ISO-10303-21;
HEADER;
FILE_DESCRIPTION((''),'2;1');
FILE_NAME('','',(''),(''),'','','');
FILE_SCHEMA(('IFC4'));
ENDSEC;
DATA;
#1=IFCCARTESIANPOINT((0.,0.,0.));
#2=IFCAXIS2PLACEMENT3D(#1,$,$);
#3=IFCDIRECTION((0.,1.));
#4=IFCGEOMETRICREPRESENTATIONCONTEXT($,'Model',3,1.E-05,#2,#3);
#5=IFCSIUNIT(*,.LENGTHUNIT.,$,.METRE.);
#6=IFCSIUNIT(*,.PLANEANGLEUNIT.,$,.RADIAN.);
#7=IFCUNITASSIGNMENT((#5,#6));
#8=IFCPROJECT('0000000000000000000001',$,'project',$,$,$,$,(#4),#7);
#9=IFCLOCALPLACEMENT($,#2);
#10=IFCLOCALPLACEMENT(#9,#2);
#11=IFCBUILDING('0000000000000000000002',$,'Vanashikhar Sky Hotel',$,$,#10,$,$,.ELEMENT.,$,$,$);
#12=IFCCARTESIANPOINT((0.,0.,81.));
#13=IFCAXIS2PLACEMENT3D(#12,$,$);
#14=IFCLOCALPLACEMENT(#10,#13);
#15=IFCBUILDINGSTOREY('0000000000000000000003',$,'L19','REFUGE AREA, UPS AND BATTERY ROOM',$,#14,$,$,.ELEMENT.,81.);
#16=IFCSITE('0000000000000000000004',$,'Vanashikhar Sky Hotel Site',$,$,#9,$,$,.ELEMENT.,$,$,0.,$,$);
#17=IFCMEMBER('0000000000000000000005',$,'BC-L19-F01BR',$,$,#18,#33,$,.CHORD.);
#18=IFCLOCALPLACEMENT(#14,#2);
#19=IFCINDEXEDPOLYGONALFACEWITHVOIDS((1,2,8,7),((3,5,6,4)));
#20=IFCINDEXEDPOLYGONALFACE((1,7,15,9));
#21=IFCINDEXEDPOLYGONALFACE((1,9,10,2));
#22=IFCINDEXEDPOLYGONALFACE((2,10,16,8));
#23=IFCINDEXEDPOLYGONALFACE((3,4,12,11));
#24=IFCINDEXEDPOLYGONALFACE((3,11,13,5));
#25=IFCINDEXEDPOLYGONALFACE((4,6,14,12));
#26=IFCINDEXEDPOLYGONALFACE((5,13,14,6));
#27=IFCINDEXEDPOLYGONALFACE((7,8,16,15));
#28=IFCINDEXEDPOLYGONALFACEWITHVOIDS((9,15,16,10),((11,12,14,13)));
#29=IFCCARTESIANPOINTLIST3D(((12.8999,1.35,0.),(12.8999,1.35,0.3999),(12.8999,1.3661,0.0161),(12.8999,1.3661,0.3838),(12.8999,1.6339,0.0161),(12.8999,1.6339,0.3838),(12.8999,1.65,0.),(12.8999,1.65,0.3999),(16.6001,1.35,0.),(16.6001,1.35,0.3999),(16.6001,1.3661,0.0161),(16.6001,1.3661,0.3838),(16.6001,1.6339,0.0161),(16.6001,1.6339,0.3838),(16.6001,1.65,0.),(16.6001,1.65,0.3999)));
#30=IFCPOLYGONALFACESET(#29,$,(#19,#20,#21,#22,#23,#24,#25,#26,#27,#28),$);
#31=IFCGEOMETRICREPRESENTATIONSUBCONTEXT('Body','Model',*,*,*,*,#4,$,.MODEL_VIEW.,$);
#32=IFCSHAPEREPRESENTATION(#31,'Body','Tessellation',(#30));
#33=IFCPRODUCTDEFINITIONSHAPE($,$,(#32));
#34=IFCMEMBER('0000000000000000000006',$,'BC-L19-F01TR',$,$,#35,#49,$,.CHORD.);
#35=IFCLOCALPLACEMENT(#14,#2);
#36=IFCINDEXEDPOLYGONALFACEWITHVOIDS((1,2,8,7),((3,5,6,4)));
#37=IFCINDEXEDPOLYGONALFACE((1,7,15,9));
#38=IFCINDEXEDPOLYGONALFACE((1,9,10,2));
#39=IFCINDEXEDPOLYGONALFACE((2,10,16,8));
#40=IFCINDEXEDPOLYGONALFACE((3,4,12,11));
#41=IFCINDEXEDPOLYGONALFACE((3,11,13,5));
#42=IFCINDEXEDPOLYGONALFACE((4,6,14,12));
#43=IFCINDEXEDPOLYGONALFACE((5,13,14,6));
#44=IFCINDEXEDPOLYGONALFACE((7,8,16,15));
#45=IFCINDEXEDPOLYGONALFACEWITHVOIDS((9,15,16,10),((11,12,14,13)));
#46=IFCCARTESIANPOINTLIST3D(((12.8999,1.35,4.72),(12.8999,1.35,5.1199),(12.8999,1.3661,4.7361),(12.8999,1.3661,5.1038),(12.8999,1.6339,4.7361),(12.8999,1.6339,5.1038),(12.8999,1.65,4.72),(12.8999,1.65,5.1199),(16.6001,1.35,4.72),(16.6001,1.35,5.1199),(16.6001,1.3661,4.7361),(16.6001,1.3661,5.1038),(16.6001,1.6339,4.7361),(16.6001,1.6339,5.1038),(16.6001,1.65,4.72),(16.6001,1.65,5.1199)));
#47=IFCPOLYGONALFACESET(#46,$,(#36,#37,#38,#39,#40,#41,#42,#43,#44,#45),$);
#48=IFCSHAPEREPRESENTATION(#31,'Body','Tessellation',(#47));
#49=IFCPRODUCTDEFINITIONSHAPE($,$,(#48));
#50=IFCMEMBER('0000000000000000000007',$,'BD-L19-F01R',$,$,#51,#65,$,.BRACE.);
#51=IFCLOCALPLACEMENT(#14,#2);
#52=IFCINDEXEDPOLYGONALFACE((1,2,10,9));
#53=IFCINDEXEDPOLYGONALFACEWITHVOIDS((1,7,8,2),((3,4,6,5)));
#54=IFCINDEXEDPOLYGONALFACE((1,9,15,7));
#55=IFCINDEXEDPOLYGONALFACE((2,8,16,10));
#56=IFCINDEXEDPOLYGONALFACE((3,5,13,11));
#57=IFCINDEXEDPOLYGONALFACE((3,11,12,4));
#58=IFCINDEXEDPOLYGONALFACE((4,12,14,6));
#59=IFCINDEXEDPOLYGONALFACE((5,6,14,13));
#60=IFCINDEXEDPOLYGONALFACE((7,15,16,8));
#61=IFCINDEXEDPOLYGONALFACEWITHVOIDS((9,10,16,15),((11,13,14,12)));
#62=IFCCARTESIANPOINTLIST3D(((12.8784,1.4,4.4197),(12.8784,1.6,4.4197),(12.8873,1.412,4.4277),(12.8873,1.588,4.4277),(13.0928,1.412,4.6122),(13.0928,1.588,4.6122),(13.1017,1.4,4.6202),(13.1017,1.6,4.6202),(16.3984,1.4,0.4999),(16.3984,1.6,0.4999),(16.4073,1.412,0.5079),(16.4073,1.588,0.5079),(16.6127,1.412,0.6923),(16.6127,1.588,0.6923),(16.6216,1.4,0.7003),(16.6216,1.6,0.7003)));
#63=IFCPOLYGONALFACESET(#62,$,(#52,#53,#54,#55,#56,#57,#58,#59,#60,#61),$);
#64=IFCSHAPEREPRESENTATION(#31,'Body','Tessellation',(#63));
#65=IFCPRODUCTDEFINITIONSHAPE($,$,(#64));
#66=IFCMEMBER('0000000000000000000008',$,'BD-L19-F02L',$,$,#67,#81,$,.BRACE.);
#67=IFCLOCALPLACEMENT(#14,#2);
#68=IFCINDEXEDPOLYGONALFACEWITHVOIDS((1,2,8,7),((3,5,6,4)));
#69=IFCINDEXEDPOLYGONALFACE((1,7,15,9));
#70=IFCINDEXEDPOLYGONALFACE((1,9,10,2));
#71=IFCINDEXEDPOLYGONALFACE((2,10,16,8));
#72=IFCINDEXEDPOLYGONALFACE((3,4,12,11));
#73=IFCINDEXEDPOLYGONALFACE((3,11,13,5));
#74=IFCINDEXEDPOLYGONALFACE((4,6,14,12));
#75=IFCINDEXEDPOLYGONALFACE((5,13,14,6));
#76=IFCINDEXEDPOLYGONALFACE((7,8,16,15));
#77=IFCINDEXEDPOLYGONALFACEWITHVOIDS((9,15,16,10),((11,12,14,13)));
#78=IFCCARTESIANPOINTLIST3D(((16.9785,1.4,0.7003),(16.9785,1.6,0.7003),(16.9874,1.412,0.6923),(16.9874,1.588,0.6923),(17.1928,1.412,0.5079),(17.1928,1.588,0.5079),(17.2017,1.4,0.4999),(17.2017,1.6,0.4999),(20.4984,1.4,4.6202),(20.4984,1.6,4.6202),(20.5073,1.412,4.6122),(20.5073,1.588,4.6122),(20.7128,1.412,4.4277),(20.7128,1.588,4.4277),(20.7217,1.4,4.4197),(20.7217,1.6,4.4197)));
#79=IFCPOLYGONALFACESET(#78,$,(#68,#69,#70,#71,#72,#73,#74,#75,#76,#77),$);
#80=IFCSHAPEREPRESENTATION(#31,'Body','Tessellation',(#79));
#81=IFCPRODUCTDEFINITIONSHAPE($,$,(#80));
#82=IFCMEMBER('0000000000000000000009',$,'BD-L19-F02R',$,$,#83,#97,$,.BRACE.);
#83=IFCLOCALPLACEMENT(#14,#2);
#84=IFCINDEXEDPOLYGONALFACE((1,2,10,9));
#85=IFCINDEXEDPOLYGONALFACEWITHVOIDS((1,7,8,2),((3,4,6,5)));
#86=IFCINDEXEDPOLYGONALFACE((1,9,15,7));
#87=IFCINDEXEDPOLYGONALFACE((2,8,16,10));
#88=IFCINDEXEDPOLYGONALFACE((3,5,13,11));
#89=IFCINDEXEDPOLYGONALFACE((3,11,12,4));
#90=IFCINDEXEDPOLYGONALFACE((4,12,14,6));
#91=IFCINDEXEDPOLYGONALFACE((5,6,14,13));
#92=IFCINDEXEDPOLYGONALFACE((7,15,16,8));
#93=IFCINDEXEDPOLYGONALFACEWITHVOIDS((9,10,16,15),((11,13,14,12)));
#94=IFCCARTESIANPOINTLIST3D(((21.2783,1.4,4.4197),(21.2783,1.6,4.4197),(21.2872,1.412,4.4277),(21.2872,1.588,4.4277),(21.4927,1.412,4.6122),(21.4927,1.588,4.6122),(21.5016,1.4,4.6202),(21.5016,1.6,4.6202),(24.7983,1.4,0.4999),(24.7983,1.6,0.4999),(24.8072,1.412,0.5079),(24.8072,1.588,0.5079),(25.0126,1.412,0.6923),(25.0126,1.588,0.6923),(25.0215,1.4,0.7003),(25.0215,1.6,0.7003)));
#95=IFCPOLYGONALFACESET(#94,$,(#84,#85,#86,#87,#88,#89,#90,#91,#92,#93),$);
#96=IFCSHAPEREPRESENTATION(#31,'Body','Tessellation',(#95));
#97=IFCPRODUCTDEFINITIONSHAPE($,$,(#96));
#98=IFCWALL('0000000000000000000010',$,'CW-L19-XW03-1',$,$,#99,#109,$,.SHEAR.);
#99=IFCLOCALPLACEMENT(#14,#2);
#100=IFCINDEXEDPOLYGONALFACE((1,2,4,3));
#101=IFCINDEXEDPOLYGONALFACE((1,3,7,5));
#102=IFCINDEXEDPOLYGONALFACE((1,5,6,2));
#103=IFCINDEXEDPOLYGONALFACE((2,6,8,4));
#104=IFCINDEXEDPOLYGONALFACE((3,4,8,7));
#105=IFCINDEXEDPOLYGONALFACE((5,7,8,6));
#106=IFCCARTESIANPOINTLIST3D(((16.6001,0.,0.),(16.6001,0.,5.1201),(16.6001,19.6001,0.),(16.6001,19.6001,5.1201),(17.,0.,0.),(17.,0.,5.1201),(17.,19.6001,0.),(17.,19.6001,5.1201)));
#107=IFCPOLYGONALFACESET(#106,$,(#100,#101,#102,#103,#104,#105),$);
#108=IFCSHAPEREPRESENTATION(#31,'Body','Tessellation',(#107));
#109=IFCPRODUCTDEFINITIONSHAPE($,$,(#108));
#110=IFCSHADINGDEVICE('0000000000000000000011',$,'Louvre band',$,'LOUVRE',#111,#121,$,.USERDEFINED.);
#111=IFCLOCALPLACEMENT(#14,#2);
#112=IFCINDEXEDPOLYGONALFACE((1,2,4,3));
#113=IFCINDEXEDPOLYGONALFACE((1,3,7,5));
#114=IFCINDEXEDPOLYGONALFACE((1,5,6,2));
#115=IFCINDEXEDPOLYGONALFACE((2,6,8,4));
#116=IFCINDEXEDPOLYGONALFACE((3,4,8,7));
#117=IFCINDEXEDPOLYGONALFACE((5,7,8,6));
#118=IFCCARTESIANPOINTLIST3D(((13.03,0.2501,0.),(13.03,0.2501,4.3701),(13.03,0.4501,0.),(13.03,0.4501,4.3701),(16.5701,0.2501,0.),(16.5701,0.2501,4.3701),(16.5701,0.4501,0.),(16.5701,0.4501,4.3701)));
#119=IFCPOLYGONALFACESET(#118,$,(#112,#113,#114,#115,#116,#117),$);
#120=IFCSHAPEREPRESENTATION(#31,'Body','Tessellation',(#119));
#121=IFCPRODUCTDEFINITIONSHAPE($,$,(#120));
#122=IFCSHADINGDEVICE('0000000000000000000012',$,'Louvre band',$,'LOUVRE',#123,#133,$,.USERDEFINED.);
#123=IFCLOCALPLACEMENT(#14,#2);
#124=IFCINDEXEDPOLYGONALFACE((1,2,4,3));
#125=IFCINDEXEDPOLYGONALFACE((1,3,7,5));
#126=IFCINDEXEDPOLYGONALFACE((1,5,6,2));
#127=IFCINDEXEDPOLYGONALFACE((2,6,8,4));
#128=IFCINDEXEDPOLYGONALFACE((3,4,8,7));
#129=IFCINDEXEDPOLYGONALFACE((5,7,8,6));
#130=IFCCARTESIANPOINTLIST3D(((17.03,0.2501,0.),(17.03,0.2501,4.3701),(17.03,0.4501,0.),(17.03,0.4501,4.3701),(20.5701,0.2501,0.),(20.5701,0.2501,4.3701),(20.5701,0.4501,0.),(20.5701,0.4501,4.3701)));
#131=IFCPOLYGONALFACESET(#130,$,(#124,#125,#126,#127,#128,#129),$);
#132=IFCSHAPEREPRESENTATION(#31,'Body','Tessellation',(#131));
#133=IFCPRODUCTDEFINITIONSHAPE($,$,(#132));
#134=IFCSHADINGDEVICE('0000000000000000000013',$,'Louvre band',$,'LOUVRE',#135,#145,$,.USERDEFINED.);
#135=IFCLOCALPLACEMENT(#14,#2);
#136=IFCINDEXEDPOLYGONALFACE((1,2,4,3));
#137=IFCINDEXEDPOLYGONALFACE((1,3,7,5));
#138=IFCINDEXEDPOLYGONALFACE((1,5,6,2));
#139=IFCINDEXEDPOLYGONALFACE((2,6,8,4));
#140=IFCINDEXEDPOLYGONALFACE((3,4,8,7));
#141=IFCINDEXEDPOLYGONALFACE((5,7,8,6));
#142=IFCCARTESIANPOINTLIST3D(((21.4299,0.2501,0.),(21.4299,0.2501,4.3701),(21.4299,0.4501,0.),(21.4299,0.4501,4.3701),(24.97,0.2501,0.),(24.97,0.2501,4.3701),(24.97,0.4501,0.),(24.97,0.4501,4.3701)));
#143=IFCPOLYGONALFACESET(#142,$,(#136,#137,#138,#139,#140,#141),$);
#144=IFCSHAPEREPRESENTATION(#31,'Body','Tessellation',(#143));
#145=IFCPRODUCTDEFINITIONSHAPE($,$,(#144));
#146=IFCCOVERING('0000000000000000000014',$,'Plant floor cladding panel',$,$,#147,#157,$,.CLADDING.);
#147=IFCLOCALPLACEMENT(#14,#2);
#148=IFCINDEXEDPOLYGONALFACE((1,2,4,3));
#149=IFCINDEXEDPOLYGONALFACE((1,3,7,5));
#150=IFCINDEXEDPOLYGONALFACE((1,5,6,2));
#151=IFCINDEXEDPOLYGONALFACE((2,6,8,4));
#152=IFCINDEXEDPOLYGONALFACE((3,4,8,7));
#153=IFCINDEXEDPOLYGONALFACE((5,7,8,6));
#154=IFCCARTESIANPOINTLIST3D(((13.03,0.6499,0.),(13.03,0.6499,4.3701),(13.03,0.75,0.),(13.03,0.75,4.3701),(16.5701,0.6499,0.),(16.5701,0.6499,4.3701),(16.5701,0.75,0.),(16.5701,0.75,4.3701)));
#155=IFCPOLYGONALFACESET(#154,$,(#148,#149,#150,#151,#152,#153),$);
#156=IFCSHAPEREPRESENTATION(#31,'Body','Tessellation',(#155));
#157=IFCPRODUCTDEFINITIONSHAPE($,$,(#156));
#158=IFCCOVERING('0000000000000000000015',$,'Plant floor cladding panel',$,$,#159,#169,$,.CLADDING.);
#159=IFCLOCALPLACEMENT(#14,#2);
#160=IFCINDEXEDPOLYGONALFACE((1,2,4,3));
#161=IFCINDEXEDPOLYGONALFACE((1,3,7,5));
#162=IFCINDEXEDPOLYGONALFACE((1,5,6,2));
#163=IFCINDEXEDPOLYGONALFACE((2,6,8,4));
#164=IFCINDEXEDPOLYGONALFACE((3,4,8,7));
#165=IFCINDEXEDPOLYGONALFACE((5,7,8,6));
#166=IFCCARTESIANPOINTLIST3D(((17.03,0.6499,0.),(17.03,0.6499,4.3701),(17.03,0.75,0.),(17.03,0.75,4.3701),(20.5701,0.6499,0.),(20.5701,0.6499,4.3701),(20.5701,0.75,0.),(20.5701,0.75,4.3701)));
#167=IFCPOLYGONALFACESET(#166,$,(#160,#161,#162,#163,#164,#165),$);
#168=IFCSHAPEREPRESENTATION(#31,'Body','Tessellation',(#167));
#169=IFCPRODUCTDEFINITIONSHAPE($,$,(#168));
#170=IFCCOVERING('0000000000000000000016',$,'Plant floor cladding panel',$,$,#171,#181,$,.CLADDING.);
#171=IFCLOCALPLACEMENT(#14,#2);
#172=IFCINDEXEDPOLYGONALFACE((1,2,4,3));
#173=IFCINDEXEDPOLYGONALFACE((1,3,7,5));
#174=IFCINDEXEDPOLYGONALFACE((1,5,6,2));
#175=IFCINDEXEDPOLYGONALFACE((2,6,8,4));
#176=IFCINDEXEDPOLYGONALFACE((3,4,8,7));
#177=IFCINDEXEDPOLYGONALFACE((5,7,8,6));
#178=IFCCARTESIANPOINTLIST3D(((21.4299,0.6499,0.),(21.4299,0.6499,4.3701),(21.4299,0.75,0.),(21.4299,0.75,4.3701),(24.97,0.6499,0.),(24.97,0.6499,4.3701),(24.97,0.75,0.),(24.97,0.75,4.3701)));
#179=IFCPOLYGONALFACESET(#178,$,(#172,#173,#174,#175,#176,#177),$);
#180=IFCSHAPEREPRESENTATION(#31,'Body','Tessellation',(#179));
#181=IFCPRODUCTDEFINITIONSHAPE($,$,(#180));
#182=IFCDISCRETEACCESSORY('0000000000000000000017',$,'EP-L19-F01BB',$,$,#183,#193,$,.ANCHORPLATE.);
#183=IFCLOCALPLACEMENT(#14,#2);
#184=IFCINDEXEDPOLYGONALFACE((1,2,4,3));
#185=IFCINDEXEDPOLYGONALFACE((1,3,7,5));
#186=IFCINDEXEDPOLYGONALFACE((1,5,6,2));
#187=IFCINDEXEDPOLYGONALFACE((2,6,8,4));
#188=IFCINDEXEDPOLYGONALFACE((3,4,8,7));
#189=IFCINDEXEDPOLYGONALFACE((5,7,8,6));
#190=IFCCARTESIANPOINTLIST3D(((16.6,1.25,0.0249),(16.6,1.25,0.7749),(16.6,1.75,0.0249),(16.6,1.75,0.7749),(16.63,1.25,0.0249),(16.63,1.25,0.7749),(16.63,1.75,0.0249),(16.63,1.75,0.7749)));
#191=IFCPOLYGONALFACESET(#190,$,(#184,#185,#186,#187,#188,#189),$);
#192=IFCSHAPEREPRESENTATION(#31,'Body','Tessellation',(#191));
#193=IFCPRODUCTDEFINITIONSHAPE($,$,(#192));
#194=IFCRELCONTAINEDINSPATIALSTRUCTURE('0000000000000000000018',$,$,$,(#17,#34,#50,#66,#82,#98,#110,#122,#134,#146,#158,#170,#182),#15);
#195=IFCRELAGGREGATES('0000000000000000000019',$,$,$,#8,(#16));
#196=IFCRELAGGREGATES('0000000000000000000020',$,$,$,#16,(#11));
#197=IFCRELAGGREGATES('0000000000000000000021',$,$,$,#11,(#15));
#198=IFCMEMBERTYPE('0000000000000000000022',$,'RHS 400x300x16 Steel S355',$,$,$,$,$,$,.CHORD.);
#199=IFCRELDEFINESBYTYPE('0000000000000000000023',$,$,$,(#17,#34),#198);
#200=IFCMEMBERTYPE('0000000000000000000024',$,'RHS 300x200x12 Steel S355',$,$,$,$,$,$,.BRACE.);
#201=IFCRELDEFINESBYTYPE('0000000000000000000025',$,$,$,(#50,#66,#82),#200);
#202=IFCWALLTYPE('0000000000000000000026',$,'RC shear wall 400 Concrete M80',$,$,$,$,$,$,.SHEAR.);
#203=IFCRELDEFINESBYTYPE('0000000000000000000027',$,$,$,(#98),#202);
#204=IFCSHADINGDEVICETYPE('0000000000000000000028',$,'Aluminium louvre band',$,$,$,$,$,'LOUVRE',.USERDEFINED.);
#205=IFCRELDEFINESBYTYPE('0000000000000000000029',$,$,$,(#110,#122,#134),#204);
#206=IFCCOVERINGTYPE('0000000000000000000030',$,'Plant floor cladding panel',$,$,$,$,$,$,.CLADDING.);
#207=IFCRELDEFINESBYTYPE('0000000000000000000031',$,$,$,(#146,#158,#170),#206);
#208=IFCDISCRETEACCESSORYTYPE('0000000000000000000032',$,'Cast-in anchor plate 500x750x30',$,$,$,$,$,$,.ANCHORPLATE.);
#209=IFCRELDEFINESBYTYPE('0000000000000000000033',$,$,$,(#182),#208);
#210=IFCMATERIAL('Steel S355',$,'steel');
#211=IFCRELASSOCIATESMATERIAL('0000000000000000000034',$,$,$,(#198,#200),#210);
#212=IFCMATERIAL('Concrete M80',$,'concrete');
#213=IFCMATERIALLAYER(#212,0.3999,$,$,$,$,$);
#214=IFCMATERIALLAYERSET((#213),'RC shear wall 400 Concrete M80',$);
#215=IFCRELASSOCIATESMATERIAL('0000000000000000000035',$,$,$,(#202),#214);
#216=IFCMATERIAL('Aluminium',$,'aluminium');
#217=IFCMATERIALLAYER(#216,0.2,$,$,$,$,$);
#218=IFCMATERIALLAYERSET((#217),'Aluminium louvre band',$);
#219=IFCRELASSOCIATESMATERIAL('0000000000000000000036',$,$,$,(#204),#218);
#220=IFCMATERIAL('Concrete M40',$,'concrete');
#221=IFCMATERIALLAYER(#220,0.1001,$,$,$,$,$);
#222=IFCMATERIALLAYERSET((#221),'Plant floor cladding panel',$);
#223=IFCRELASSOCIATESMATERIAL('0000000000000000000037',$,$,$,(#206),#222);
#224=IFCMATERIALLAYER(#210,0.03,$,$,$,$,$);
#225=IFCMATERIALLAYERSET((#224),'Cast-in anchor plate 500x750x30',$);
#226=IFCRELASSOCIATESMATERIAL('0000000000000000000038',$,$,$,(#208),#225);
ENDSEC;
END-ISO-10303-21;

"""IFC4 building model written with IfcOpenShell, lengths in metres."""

from ifc_helpers import new_model, si_unit, direction, frame, frame_2d, origin, origin_2d, place, context, subcontext, project, spatial, rectangle, hollow_rectangle, extrude, source, transform, mapped, material, layer, layer_set, material_profile, profile_set, type_object, element, save


model = new_model("IFC4")

# Units and contexts
model_context = context("Model", 3, precision=1e-05, world=origin(), true_north=direction((0.0, 1.0)))
body_context = subcontext(model_context, "Body", "Model", "MODEL_VIEW")
ifc_project = project(units=[si_unit("LENGTHUNIT", "METRE"), si_unit("PLANEANGLEUNIT", "RADIAN")], contexts=[model_context])

# Site, building, storey
site_placement = place(None, origin())
site = spatial("IfcSite", under=ifc_project, at=site_placement, Name="Vanashikhar Sky Hotel Site", CompositionType="ELEMENT", RefElevation=0.0)
building_placement = place(site_placement, origin())
building = spatial("IfcBuilding", under=site, at=building_placement, Name="Vanashikhar Sky Hotel", CompositionType="ELEMENT")
storey_placement = place(building_placement, frame((0.0, 0.0, 81.0)))
storey = spatial("IfcBuildingStorey", under=building, at=storey_placement, Name="L19", Description="REFUGE AREA, UPS AND BATTERY ROOM", CompositionType="ELEMENT", Elevation=81.0)

# Members
ifc_material_1 = material(Name="Steel S355", Category="steel")
ifc_material_profile_1 = material_profile(ifc_material_1, hollow_rectangle(XDim=0.3, YDim=0.3999, WallThickness=0.0161, at=origin_2d()))
ifc_profile_set_1 = profile_set([ifc_material_profile_1], Name="RHS 400x300x16 Steel S355")
member_type_1 = type_object("IfcMemberType", Name="RHS 400x300x16 Steel S355", PredefinedType="CHORD", material=ifc_profile_set_1)
shared_shape_1 = source(origin(), body_context, "Body", "SweptSolid", [
    extrude(hollow_rectangle(XDim=0.3, YDim=0.3999, WallThickness=0.0161, at=origin_2d()), origin(), (0.0, 0.0, 1.0), 3.7002),
])
for number, where, z_axis, x_axis, name in (
    (1, (12.8999, 1.5, 0.2), (1.0, 0.0, 0.0), (0.0, 1.0, 0.0), "BC-L19-F01BR"),
    (2, (12.8999, 1.5, 4.9199), (1.0, 0.0, 0.0), (0.0, 1.0, 0.0), "BC-L19-F01TR"),
):
    element("IfcMember", number, at=place(storey_placement, frame(where, z_axis=z_axis, x_axis=x_axis)), inside=storey, type_object=member_type_1, Name=name, PredefinedType="CHORD", context=body_context, shape_type="MappedRepresentation", body=[
        mapped(shared_shape_1, transform((0.0, 0.0, 0.0), scale=1.0)),
    ])
ifc_material_profile_2 = material_profile(ifc_material_1, hollow_rectangle(XDim=0.2, YDim=0.3, WallThickness=0.012, at=origin_2d()))
ifc_profile_set_2 = profile_set([ifc_material_profile_2], Name="RHS 300x200x12 Steel S355")
member_type_2 = type_object("IfcMemberType", Name="RHS 300x200x12 Steel S355", PredefinedType="BRACE", material=ifc_profile_set_2)
shared_shape_2 = source(origin(), body_context, "Body", "SweptSolid", [
    extrude(hollow_rectangle(XDim=0.2, YDim=0.3, WallThickness=0.012, at=origin_2d()), origin(), (0.0, 0.0, 1.0), 5.2683),
])
for number, where, z_axis, x_axis, name in (
    (3, (16.51, 1.5, 0.6001), (-0.668135, 0.0, 0.74404), (0.0, -1.0, 0.0), "BD-L19-F01R"),
    (4, (17.0901, 1.5, 0.6001), (0.668135, 0.0, 0.74404), (0.0, 1.0, 0.0), "BD-L19-F02L"),
    (5, (24.9099, 1.5, 0.6001), (-0.668135, 0.0, 0.74404), (0.0, -1.0, 0.0), "BD-L19-F02R"),
):
    element("IfcMember", number, at=place(storey_placement, frame(where, z_axis=z_axis, x_axis=x_axis)), inside=storey, type_object=member_type_2, Name=name, PredefinedType="BRACE", context=body_context, shape_type="MappedRepresentation", body=[
        mapped(shared_shape_2, transform((0.0, 0.0, 0.0), scale=1.0)),
    ])

# Wall
ifc_material_2 = material(Name="Concrete M80", Category="concrete")
ifc_layer_1 = layer(ifc_material_2, 0.3999)
ifc_layer_set_1 = layer_set([ifc_layer_1], Name="RC shear wall 400 Concrete M80")
wall_type = type_object("IfcWallType", Name="RC shear wall 400 Concrete M80", PredefinedType="SHEAR", material=ifc_layer_set_1)
shared_shape_3 = source(origin(), body_context, "Body", "SweptSolid", [
    extrude(rectangle(XDim=19.6001, YDim=0.3999, at=frame_2d((9.8, 0.0))), origin(), (0.0, 0.0, 1.0), 5.1201),
])
wall_placement = place(storey_placement, frame((16.8, 0.0, 0.0), z_axis=(0.0, 0.0, 1.0), x_axis=(0.0, 1.0, 0.0)))
element("IfcWall", 6, at=wall_placement, inside=storey, type_object=wall_type, Name="CW-L19-XW03-1", PredefinedType="SHEAR", context=body_context, shape_type="MappedRepresentation", body=[
    mapped(shared_shape_3, transform((0.0, 0.0, 0.0), scale=1.0)),
])

# Shading devices
ifc_material_3 = material(Name="Aluminium", Category="aluminium")
ifc_layer_2 = layer(ifc_material_3, 0.2)
ifc_layer_set_2 = layer_set([ifc_layer_2], Name="Aluminium louvre band")
shading_device_type = type_object("IfcShadingDeviceType", Name="Aluminium louvre band", ElementType="LOUVRE", PredefinedType="USERDEFINED", material=ifc_layer_set_2)
shared_shape_4 = source(origin(), body_context, "Body", "SweptSolid", [
    extrude(rectangle(XDim=3.54, YDim=0.2, at=origin_2d()), origin(), (0.0, 0.0, 1.0), 4.3701),
])
for number, where, z_axis, x_axis, name in (
    (7, (14.8, 0.3501, 0.0), (0.0, 0.0, 1.0), (1.0, 0.0, 0.0), "Louvre band"),
    (8, (18.8, 0.3501, 0.0), (0.0, 0.0, 1.0), (1.0, 0.0, 0.0), "Louvre band"),
    (9, (23.2, 0.3501, 0.0), (0.0, 0.0, 1.0), (1.0, 0.0, 0.0), "Louvre band"),
):
    element("IfcShadingDevice", number, at=place(storey_placement, frame(where, z_axis=z_axis, x_axis=x_axis)), inside=storey, type_object=shading_device_type, Name=name, ObjectType="LOUVRE", PredefinedType="USERDEFINED", context=body_context, shape_type="MappedRepresentation", body=[
        mapped(shared_shape_4, transform((0.0, 0.0, 0.0), scale=1.0)),
    ])

# Coverings
ifc_material_4 = material(Name="Concrete M40", Category="concrete")
ifc_layer_3 = layer(ifc_material_4, 0.1001)
ifc_layer_set_3 = layer_set([ifc_layer_3], Name="Plant floor cladding panel")
covering_type = type_object("IfcCoveringType", Name="Plant floor cladding panel", PredefinedType="CLADDING", material=ifc_layer_set_3)
shared_shape_5 = source(origin(), body_context, "Body", "SweptSolid", [
    extrude(rectangle(XDim=3.54, YDim=0.1001, at=origin_2d()), origin(), (0.0, 0.0, 1.0), 4.3701),
])
for number, where, z_axis, x_axis, name in (
    (10, (14.8, 0.7, 0.0), (0.0, 0.0, 1.0), (1.0, 0.0, 0.0), "Plant floor cladding panel"),
    (11, (18.8, 0.7, 0.0), (0.0, 0.0, 1.0), (1.0, 0.0, 0.0), "Plant floor cladding panel"),
    (12, (23.2, 0.7, 0.0), (0.0, 0.0, 1.0), (1.0, 0.0, 0.0), "Plant floor cladding panel"),
):
    element("IfcCovering", number, at=place(storey_placement, frame(where, z_axis=z_axis, x_axis=x_axis)), inside=storey, type_object=covering_type, Name=name, PredefinedType="CLADDING", context=body_context, shape_type="MappedRepresentation", body=[
        mapped(shared_shape_5, transform((0.0, 0.0, 0.0), scale=1.0)),
    ])

# Discrete accessory
ifc_layer_4 = layer(ifc_material_1, 0.03)
ifc_layer_set_4 = layer_set([ifc_layer_4], Name="Cast-in anchor plate 500x750x30")
discrete_accessory_type_1 = type_object("IfcDiscreteAccessoryType", Name="Cast-in anchor plate 500x750x30", PredefinedType="ANCHORPLATE", material=ifc_layer_set_4)
shared_shape_6 = source(origin(), body_context, "Body", "SweptSolid", [
    extrude(rectangle(XDim=0.03, YDim=0.5, at=origin_2d()), origin(), (0.0, 0.0, 1.0), 0.75),
])
for number, where, z_axis, x_axis, name in (
    (13, (16.615, 1.5, 0.0249), (0.0, 0.0, 1.0), (1.0, 0.0, 0.0), "EP-L19-F01BB"),
):
    element("IfcDiscreteAccessory", number, at=place(storey_placement, frame(where, z_axis=z_axis, x_axis=x_axis)), inside=storey, type_object=discrete_accessory_type_1, Name=name, PredefinedType="ANCHORPLATE", context=body_context, shape_type="MappedRepresentation", body=[
        mapped(shared_shape_6, transform((0.0, 0.0, 0.0), scale=1.0)),
    ])

save(model, "model.ifc")
